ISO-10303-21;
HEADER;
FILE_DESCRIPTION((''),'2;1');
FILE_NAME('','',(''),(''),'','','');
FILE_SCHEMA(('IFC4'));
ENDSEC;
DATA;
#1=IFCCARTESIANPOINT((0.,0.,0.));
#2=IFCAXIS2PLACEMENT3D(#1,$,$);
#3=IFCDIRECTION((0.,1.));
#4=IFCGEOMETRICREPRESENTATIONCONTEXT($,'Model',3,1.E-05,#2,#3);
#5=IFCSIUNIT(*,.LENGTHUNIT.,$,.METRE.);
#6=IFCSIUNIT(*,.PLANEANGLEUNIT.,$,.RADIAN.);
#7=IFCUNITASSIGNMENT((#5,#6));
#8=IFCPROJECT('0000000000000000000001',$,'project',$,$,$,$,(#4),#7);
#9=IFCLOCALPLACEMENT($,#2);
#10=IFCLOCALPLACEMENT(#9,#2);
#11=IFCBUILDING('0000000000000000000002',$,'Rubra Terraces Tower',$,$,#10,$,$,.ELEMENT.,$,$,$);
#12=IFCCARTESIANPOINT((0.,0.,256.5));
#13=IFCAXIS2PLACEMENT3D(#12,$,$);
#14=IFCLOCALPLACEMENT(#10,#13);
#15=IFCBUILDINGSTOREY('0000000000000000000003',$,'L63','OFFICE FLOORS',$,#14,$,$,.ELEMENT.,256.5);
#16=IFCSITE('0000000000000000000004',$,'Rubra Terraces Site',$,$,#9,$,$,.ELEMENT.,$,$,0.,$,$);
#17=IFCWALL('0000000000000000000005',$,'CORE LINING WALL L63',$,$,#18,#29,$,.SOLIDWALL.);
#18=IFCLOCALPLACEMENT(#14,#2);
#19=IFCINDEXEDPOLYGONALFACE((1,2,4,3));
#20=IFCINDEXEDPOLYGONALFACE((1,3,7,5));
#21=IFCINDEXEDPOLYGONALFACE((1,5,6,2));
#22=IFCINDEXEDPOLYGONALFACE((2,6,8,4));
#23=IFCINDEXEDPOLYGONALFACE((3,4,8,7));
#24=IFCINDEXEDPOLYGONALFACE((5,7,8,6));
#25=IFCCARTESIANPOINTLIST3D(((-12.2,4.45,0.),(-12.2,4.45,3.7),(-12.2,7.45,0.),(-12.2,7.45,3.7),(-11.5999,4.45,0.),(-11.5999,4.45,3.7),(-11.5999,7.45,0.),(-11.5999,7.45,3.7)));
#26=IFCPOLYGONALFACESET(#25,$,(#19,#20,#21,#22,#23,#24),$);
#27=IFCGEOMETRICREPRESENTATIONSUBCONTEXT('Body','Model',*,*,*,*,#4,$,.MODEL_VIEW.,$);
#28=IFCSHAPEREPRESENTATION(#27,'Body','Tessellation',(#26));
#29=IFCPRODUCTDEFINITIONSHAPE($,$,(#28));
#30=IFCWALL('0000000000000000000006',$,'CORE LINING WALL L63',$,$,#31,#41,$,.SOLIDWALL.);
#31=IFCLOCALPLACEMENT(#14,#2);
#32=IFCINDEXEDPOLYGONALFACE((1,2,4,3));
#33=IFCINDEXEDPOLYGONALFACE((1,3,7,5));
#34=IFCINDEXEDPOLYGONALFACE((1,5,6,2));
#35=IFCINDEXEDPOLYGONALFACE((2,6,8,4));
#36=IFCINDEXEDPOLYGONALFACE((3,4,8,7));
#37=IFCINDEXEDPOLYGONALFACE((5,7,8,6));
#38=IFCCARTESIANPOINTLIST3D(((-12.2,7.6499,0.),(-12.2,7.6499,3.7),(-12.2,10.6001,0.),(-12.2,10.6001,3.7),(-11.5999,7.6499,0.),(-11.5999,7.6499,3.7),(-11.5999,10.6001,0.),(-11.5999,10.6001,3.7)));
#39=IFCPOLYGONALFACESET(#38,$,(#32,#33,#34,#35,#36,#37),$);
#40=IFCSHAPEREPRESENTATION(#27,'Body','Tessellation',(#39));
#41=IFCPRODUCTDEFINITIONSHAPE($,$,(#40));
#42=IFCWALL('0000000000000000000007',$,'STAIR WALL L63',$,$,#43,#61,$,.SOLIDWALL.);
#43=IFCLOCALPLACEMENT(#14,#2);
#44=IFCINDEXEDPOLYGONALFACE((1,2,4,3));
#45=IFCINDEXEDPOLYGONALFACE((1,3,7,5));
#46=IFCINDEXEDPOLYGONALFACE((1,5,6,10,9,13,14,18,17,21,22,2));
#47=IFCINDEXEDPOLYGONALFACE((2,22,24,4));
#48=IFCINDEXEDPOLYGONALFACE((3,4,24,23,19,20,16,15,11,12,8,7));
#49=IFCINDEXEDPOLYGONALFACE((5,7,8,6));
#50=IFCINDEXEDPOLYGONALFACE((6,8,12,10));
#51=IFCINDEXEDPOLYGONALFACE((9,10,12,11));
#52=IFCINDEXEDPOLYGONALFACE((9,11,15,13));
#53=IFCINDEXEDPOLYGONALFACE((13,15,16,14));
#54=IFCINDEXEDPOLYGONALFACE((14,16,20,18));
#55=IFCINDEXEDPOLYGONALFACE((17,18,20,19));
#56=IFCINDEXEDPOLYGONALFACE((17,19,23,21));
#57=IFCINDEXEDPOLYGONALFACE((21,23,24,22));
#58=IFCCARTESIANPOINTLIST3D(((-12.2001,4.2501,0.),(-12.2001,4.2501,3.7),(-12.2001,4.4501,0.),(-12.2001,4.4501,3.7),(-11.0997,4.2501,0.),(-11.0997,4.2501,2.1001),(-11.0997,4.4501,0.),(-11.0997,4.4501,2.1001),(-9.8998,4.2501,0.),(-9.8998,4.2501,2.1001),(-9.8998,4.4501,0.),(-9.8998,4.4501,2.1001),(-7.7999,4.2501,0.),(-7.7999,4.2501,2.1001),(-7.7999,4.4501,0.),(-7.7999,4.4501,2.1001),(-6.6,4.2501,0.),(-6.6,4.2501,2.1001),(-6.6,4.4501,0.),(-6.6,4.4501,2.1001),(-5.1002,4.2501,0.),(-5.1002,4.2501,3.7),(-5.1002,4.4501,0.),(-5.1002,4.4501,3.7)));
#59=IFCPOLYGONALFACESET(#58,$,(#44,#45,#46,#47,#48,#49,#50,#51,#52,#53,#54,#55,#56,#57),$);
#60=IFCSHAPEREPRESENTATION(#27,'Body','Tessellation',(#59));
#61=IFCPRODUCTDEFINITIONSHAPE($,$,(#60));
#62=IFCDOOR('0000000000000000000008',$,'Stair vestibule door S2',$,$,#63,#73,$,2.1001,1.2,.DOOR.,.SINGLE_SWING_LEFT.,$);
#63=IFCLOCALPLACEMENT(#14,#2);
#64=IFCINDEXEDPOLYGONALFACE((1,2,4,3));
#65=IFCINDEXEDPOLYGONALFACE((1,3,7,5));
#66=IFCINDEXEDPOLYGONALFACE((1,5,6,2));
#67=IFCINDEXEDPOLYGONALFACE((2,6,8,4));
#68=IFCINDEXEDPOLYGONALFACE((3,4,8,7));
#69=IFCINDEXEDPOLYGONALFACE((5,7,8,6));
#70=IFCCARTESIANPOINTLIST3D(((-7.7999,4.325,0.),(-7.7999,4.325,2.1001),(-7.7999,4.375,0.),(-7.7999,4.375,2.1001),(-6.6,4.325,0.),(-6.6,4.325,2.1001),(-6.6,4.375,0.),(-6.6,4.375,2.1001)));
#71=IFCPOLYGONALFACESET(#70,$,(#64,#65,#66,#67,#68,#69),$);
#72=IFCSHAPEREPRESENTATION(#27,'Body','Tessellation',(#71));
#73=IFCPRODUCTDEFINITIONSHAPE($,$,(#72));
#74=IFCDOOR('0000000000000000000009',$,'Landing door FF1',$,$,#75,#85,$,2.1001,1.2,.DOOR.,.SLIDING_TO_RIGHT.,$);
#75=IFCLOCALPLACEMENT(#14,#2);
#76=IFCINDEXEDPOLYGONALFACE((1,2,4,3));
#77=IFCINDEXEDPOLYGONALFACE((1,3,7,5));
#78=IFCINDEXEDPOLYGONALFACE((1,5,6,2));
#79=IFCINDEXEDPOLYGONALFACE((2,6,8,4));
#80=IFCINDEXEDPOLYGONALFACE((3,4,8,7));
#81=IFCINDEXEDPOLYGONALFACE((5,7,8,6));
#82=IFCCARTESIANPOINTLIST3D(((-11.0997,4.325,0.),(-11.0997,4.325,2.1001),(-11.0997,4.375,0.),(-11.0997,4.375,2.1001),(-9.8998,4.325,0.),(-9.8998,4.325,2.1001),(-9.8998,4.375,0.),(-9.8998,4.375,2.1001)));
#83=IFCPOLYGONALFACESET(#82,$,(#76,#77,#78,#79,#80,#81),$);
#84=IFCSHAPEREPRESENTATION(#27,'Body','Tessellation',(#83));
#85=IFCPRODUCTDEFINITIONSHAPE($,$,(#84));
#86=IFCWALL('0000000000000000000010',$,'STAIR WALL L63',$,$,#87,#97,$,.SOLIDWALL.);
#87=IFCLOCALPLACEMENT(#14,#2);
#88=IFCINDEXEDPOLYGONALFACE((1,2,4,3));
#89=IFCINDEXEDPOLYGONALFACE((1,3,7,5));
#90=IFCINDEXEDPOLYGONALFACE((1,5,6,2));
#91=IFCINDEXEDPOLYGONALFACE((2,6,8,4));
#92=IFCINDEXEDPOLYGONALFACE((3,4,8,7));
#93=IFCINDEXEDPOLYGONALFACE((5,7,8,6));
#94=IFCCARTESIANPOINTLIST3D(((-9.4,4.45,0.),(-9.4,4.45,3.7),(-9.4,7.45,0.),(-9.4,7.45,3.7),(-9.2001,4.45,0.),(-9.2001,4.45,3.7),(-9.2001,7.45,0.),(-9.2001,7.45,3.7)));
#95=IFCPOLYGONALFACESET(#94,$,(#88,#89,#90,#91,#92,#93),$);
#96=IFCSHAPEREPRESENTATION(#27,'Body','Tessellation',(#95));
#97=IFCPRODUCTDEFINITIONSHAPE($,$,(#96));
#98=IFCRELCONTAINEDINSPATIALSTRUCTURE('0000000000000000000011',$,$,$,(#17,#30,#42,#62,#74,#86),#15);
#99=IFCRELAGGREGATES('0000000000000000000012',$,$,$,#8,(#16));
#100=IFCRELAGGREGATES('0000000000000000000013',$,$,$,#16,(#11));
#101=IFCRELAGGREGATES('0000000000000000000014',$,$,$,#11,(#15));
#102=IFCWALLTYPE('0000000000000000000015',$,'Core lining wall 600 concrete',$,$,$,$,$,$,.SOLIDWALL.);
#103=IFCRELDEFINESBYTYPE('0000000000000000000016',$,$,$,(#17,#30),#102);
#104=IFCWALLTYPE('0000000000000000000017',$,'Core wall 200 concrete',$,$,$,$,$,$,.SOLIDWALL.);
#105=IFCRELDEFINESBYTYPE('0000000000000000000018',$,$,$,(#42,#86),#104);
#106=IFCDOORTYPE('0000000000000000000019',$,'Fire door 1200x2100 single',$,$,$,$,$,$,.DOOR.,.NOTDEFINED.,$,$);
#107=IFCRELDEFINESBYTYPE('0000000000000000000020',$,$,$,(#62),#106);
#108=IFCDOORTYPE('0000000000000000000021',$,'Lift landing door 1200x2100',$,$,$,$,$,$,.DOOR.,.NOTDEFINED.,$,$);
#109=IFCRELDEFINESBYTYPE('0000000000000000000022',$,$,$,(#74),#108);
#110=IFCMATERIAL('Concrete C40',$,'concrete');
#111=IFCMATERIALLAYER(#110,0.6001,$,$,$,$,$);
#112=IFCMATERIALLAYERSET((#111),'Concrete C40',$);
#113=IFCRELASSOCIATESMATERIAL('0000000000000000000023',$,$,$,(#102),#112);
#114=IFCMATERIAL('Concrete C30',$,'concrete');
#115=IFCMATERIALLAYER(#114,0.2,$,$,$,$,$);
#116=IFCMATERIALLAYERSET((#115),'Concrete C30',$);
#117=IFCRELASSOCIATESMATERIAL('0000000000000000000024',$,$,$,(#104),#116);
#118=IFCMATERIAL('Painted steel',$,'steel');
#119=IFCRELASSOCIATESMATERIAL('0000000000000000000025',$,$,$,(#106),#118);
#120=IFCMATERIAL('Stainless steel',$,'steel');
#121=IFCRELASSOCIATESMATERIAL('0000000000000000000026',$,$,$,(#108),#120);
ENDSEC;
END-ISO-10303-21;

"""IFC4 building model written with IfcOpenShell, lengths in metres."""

from ifc_helpers import new_model, si_unit, direction, frame, frame_2d, origin, place, context, subcontext, project, spatial, rectangle, extrude, material, layer, layer_set, type_object, element, fill, save


model = new_model("IFC4")

# Units and contexts
model_context = context("Model", 3, precision=1e-05, world=origin(), true_north=direction((0.0, 1.0)))
body_context = subcontext(model_context, "Body", "Model", "MODEL_VIEW")
ifc_project = project(units=[si_unit("LENGTHUNIT", "METRE"), si_unit("PLANEANGLEUNIT", "RADIAN")], contexts=[model_context])

# Site, building, storey
site_placement = place(None, origin())
site = spatial("IfcSite", under=ifc_project, at=site_placement, Name="Rubra Terraces Site", CompositionType="ELEMENT", RefElevation=0.0)
building_placement = place(site_placement, origin())
building = spatial("IfcBuilding", under=site, at=building_placement, Name="Rubra Terraces Tower", CompositionType="ELEMENT")
storey_placement = place(building_placement, frame((0.0, 0.0, 256.5)))
storey = spatial("IfcBuildingStorey", under=building, at=storey_placement, Name="L63", Description="OFFICE FLOORS", CompositionType="ELEMENT", Elevation=256.5)

# Walls
ifc_material_1 = material(Name="Concrete C40", Category="concrete")
ifc_layer_1 = layer(ifc_material_1, 0.6001)
ifc_layer_set_1 = layer_set([ifc_layer_1], Name="Concrete C40")
wall_type_1 = type_object("IfcWallType", Name="Core lining wall 600 concrete", PredefinedType="SOLIDWALL", material=ifc_layer_set_1)
wall_1_placement = place(storey_placement, frame((-11.8999, 4.45, 0.0), z_axis=(0.0, 0.0, 1.0), x_axis=(0.0, 1.0, 0.0)))
element("IfcWall", 1, at=wall_1_placement, inside=storey, type_object=wall_type_1, Name="CORE LINING WALL L63", PredefinedType="SOLIDWALL", context=body_context, shape_type="SweptSolid", body=[
    extrude(rectangle(XDim=3.0, YDim=0.6001, at=frame_2d((1.5, 0.0))), origin(), (0.0, 0.0, 1.0), 3.7),
])
wall_2_placement = place(storey_placement, frame((-11.8999, 7.6499, 0.0), z_axis=(0.0, 0.0, 1.0), x_axis=(0.0, 1.0, 0.0)))
element("IfcWall", 2, at=wall_2_placement, inside=storey, type_object=wall_type_1, Name="CORE LINING WALL L63", PredefinedType="SOLIDWALL", context=body_context, shape_type="SweptSolid", body=[
    extrude(rectangle(XDim=2.9502, YDim=0.6001, at=frame_2d((1.4751, 0.0))), origin(), (0.0, 0.0, 1.0), 3.7),
])

# Wall, openings, doors
ifc_material_2 = material(Name="Concrete C30", Category="concrete")
ifc_layer_2 = layer(ifc_material_2, 0.2)
ifc_layer_set_2 = layer_set([ifc_layer_2], Name="Concrete C30")
wall_type_2 = type_object("IfcWallType", Name="Core wall 200 concrete", PredefinedType="SOLIDWALL", material=ifc_layer_set_2)
wall_3_placement = place(storey_placement, frame((-12.2, 4.3501, 0.0), z_axis=(0.0, 0.0, 1.0), x_axis=(1.0, 0.0, 0.0)))
wall_3 = element("IfcWall", 3, at=wall_3_placement, inside=storey, type_object=wall_type_2, Name="STAIR WALL L63", PredefinedType="SOLIDWALL", context=body_context, shape_type="SweptSolid", body=[
    extrude(rectangle(XDim=7.0999, YDim=0.2, at=frame_2d((3.5498, 0.0))), origin(), (0.0, 0.0, 1.0), 3.7),
])
opening_1_placement = place(wall_3_placement, frame((4.3999, 0.0, 0.0)))
opening_1 = element("IfcOpeningElement", 4, at=opening_1_placement, cuts=wall_3, PredefinedType="OPENING", context=body_context, shape_type="SweptSolid", body=[
    extrude(rectangle(XDim=1.2, YDim=2.1001, at=frame_2d((0.6001, 1.05))), frame((0.0, 0.1099, 0.0), z_axis=(0.0, -1.0, 0.0), x_axis=(1.0, 0.0, 0.0)), (0.0, 0.0, 1.0), 0.22),
])
opening_2_placement = place(wall_3_placement, frame((1.1001, 0.0, 0.0)))
opening_2 = element("IfcOpeningElement", 5, at=opening_2_placement, cuts=wall_3, PredefinedType="OPENING", context=body_context, shape_type="SweptSolid", body=[
    extrude(rectangle(XDim=1.2, YDim=2.1001, at=frame_2d((0.6001, 1.05))), frame((0.0, 0.1099, 0.0), z_axis=(0.0, -1.0, 0.0), x_axis=(1.0, 0.0, 0.0)), (0.0, 0.0, 1.0), 0.22),
])
ifc_material_3 = material(Name="Painted steel", Category="steel")
door_type_1 = type_object("IfcDoorType", Name="Fire door 1200x2100 single", OperationType="NOTDEFINED", PredefinedType="DOOR", material=ifc_material_3)
door_1_placement = place(opening_1_placement, origin())
door_1 = element("IfcDoor", 6, at=door_1_placement, inside=storey, type_object=door_type_1, Name="Stair vestibule door S2", OperationType="SINGLE_SWING_LEFT", OverallHeight=2.1001, OverallWidth=1.2, PredefinedType="DOOR", context=body_context, shape_type="SweptSolid", body=[
    extrude(rectangle(XDim=1.2, YDim=2.1001, at=frame_2d((0.6001, 1.05))), frame((0.0, 0.0249, 0.0), z_axis=(0.0, -1.0, 0.0), x_axis=(1.0, 0.0, 0.0)), (0.0, 0.0, 1.0), 0.05),
])
fill(opening_1, door_1)
ifc_material_4 = material(Name="Stainless steel", Category="steel")
door_type_2 = type_object("IfcDoorType", Name="Lift landing door 1200x2100", OperationType="NOTDEFINED", PredefinedType="DOOR", material=ifc_material_4)
door_2_placement = place(opening_2_placement, origin())
door_2 = element("IfcDoor", 7, at=door_2_placement, inside=storey, type_object=door_type_2, Name="Landing door FF1", OperationType="SLIDING_TO_RIGHT", OverallHeight=2.1001, OverallWidth=1.2, PredefinedType="DOOR", context=body_context, shape_type="SweptSolid", body=[
    extrude(rectangle(XDim=1.2, YDim=2.1001, at=frame_2d((0.6001, 1.05))), frame((0.0, 0.0249, 0.0), z_axis=(0.0, -1.0, 0.0), x_axis=(1.0, 0.0, 0.0)), (0.0, 0.0, 1.0), 0.05),
])
fill(opening_2, door_2)

# Wall
wall_4_placement = place(storey_placement, frame((-9.3, 4.45, 0.0), z_axis=(0.0, 0.0, 1.0), x_axis=(0.0, 1.0, 0.0)))
element("IfcWall", 8, at=wall_4_placement, inside=storey, type_object=wall_type_2, Name="STAIR WALL L63", PredefinedType="SOLIDWALL", context=body_context, shape_type="SweptSolid", body=[
    extrude(rectangle(XDim=3.0, YDim=0.2, at=frame_2d((1.5, 0.0))), origin(), (0.0, 0.0, 1.0), 3.7),
])

save(model, "model.ifc")
